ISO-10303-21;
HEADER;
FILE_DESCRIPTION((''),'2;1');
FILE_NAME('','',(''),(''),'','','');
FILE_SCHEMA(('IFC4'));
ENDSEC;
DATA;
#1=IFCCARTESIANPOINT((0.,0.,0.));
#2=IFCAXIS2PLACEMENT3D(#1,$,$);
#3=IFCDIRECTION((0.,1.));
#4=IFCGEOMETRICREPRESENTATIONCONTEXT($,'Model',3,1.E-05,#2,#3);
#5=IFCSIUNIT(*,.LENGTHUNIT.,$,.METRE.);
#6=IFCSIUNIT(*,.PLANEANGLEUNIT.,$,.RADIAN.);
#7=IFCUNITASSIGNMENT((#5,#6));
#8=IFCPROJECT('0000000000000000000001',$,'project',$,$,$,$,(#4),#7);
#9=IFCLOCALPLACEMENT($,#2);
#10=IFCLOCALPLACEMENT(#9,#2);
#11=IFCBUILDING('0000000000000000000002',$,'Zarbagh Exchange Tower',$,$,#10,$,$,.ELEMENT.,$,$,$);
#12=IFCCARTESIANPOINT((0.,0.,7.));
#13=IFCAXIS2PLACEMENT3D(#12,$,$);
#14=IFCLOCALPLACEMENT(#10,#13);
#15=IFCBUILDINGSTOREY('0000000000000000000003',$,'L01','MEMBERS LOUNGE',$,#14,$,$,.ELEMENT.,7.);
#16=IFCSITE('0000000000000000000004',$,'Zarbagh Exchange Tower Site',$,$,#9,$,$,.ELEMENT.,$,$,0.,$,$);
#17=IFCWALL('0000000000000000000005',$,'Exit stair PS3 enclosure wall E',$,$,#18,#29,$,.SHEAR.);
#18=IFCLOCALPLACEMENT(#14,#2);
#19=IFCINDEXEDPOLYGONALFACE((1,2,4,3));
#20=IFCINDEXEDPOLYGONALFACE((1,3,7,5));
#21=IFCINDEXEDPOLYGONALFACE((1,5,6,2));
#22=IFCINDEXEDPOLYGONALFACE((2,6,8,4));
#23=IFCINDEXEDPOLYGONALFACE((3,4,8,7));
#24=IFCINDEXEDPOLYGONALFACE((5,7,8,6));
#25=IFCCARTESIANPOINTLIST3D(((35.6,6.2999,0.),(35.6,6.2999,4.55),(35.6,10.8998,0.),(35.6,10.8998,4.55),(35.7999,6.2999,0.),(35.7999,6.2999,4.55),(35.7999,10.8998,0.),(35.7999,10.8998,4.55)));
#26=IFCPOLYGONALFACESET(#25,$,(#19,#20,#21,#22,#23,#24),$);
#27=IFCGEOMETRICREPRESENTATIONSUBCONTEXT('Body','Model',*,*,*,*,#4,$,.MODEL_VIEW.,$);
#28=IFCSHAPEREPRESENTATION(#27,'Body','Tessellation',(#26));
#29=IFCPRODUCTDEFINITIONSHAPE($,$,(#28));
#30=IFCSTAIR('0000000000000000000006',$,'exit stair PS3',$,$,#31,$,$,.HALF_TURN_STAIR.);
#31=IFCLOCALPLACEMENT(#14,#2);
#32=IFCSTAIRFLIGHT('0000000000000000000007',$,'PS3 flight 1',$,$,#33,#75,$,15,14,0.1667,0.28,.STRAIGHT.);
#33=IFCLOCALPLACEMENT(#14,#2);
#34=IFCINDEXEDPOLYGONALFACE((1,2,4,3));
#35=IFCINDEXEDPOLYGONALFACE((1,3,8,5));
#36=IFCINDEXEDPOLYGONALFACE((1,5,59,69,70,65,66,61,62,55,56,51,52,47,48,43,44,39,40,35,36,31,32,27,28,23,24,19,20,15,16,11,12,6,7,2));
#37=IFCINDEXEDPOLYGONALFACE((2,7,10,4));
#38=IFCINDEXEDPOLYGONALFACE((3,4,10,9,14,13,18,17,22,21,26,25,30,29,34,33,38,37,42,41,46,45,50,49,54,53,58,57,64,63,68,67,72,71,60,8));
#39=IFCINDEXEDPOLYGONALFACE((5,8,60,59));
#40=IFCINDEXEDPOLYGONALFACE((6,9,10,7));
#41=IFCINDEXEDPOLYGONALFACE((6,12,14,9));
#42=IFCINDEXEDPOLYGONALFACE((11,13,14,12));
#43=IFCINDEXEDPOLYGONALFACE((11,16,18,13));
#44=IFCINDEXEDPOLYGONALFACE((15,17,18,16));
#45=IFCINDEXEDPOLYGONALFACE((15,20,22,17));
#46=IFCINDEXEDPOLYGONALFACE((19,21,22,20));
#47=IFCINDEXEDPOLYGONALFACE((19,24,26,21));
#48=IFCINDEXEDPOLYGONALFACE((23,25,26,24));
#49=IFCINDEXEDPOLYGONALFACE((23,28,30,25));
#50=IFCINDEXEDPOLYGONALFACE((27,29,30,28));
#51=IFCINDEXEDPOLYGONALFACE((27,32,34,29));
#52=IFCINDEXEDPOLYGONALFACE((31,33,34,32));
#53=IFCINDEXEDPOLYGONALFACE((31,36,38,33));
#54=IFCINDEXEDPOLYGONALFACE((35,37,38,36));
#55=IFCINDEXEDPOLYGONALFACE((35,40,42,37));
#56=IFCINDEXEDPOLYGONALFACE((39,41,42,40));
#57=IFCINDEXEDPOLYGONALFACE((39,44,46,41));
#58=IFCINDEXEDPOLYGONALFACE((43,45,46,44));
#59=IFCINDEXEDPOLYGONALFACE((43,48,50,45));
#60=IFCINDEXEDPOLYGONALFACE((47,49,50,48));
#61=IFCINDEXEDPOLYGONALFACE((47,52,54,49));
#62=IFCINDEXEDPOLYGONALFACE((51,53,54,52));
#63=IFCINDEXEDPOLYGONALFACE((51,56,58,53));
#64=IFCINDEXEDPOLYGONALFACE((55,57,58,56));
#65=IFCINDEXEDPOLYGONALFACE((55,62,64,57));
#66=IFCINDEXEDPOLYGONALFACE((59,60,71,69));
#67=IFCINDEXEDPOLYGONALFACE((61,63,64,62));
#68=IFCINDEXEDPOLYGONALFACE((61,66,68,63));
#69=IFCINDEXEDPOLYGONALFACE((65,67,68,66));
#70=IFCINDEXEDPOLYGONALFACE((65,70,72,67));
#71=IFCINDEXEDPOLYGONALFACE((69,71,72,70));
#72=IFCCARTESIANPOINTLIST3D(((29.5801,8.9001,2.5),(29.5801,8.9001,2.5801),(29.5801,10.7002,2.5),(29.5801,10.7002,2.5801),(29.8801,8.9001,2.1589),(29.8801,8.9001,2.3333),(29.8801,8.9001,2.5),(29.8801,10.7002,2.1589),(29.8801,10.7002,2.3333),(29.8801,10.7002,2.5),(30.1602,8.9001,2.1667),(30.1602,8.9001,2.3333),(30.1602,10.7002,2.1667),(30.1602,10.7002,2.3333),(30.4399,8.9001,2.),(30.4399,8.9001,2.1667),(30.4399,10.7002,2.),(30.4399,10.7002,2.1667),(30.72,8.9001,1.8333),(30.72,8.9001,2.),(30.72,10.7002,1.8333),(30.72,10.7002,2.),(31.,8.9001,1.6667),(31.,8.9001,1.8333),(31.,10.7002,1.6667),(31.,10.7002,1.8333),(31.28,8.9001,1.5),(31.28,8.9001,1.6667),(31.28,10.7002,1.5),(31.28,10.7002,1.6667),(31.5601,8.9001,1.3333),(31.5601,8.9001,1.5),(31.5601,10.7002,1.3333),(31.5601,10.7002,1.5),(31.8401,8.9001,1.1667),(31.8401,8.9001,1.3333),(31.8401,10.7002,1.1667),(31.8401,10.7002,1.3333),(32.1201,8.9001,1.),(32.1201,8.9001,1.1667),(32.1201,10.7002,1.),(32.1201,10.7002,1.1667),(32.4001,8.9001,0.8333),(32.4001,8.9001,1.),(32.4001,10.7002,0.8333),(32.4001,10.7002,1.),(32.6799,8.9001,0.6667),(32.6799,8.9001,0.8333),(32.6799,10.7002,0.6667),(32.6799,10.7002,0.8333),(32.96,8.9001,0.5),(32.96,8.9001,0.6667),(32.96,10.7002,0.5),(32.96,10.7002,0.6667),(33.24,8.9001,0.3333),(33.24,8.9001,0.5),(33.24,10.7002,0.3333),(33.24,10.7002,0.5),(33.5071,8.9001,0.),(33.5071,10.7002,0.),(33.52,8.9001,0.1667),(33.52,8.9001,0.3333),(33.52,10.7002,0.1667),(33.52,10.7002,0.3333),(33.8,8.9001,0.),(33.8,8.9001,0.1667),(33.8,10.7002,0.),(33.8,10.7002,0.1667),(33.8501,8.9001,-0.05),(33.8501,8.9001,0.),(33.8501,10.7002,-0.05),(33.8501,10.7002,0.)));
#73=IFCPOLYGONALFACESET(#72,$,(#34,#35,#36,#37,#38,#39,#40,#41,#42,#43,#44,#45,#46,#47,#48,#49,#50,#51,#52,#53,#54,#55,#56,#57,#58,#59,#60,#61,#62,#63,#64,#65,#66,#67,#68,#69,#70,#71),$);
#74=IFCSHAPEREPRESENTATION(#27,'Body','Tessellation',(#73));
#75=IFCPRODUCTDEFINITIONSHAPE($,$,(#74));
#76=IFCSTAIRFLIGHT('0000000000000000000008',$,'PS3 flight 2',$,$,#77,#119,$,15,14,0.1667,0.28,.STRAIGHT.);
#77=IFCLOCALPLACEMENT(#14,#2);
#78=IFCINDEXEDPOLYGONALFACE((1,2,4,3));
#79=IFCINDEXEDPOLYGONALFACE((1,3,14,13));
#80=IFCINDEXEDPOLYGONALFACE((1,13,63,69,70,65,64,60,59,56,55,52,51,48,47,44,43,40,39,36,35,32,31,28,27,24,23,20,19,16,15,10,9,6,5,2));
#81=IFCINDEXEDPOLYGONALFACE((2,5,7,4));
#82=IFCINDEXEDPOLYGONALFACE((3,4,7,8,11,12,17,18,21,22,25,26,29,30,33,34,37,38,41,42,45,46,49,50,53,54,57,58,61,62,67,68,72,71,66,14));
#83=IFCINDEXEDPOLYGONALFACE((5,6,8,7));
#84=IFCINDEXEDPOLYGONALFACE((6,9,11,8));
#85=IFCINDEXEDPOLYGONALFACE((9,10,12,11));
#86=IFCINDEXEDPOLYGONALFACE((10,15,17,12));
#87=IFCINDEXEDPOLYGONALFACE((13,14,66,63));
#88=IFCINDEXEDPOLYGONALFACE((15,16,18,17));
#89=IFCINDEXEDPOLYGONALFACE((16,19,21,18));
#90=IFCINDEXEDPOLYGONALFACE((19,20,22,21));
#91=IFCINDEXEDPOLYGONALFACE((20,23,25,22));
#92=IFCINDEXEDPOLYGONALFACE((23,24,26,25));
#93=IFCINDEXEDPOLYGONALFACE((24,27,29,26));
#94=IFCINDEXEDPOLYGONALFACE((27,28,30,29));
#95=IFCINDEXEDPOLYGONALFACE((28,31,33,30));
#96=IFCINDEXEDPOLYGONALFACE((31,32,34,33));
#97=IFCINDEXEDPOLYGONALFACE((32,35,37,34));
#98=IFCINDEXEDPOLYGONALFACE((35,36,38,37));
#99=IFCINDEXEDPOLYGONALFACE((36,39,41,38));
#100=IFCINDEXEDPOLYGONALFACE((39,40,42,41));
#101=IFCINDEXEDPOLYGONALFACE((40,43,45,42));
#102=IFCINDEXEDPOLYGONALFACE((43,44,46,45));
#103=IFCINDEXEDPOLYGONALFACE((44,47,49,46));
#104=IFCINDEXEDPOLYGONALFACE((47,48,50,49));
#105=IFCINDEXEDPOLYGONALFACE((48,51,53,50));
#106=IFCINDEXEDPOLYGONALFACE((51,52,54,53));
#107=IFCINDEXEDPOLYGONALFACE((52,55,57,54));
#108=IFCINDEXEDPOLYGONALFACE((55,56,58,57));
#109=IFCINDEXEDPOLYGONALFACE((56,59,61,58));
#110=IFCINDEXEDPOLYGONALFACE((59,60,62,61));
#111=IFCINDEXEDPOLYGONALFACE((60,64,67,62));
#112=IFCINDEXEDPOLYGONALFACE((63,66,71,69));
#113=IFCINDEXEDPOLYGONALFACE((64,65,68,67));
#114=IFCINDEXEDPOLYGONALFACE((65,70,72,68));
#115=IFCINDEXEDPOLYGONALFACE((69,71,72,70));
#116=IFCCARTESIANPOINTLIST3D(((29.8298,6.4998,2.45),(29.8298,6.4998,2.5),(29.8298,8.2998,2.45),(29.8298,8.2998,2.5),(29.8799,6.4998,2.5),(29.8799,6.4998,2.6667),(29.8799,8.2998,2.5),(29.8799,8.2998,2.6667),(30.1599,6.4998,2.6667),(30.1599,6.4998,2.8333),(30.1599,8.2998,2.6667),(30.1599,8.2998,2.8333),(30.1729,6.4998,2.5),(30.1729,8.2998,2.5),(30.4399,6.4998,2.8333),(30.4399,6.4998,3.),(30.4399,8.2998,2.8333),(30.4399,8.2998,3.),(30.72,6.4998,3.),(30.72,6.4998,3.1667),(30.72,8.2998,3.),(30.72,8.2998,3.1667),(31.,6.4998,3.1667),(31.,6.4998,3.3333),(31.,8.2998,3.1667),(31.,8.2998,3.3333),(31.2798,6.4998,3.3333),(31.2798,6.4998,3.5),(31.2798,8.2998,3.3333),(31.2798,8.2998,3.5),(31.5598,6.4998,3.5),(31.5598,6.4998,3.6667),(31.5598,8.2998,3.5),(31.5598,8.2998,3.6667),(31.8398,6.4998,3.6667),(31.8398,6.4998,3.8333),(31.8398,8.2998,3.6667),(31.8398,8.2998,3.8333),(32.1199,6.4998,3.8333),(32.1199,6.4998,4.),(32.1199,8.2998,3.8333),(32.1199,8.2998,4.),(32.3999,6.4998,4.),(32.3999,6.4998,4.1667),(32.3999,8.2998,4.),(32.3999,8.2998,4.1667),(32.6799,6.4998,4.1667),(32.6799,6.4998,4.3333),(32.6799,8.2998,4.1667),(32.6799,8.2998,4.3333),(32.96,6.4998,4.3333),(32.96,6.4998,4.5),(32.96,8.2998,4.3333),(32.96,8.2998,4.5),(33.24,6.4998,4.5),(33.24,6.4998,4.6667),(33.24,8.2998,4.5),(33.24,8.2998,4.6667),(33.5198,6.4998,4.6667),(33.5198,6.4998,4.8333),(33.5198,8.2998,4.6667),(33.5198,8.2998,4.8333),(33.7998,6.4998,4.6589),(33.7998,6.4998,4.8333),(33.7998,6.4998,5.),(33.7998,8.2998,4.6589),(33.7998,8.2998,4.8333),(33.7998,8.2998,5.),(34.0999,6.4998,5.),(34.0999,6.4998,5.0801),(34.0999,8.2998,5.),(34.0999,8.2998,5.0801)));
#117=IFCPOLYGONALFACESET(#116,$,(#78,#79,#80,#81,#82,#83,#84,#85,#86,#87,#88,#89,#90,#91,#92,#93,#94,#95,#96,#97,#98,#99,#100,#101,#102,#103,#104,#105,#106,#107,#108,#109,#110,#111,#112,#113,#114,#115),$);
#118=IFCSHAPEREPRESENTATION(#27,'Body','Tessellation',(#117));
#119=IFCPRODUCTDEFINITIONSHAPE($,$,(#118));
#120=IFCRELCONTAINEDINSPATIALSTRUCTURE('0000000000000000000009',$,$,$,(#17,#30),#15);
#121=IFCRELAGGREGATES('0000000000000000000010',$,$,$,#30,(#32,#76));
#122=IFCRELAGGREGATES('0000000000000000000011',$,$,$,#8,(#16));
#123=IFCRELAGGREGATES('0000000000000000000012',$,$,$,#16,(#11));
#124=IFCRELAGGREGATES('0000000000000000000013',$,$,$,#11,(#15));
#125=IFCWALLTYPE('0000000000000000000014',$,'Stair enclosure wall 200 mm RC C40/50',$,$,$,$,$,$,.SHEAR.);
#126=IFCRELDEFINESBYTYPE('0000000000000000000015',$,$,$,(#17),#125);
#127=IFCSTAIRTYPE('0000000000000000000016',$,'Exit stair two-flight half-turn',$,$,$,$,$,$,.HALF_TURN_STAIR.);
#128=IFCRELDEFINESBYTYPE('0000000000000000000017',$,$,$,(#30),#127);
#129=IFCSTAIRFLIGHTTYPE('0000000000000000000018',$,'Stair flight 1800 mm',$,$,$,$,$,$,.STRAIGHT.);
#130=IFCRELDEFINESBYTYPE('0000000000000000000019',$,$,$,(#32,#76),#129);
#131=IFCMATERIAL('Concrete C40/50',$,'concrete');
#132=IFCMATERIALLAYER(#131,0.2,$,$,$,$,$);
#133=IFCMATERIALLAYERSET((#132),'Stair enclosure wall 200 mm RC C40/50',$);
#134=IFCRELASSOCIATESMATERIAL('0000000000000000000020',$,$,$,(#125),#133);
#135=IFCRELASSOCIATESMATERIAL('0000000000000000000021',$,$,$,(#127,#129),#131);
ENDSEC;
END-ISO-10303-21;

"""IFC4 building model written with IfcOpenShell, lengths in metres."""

from ifc_helpers import new_model, si_unit, direction, frame, frame_2d, origin, place, context, subcontext, project, spatial, polyline, rectangle, outline, extrude, material, layer, layer_set, type_object, element, aggregate, save


model = new_model("IFC4")

# Units and contexts
model_context = context("Model", 3, precision=1e-05, world=origin(), true_north=direction((0.0, 1.0)))
body_context = subcontext(model_context, "Body", "Model", "MODEL_VIEW")
ifc_project = project(units=[si_unit("LENGTHUNIT", "METRE"), si_unit("PLANEANGLEUNIT", "RADIAN")], contexts=[model_context])

# Site, building, storey
site_placement = place(None, origin())
site = spatial("IfcSite", under=ifc_project, at=site_placement, Name="Zarbagh Exchange Tower Site", CompositionType="ELEMENT", RefElevation=0.0)
building_placement = place(site_placement, origin())
building = spatial("IfcBuilding", under=site, at=building_placement, Name="Zarbagh Exchange Tower", CompositionType="ELEMENT")
storey_placement = place(building_placement, frame((0.0, 0.0, 7.0)))
storey = spatial("IfcBuildingStorey", under=building, at=storey_placement, Name="L01", Description="MEMBERS LOUNGE", CompositionType="ELEMENT", Elevation=7.0)

# Wall
ifc_material_1 = material(Name="Concrete C40/50", Category="concrete")
ifc_layer_1 = layer(ifc_material_1, 0.2)
ifc_layer_set_1 = layer_set([ifc_layer_1], Name="Stair enclosure wall 200 mm RC C40/50")
wall_type_1 = type_object("IfcWallType", Name="Stair enclosure wall 200 mm RC C40/50", PredefinedType="SHEAR", material=ifc_layer_set_1)
wall_1_placement = place(storey_placement, frame((35.7, 6.3, 0.0), z_axis=(0.0, 0.0, 1.0), x_axis=(0.0, 1.0, 0.0)))
element("IfcWall", 1, at=wall_1_placement, inside=storey, type_object=wall_type_1, Name="Exit stair PS3 enclosure wall E", PredefinedType="SHEAR", context=body_context, shape_type="SweptSolid", body=[
    extrude(rectangle(XDim=4.5999, YDim=0.2, at=frame_2d((2.2998, 0.0))), origin(), (0.0, 0.0, 1.0), 4.55),
])

# Stair, stair flights
stair_type = type_object("IfcStairType", Name="Exit stair two-flight half-turn", PredefinedType="HALF_TURN_STAIR", material=ifc_material_1)
stair_placement = place(storey_placement, origin())
stair = element("IfcStair", 2, at=stair_placement, inside=storey, type_object=stair_type, Name="exit stair PS3", PredefinedType="HALF_TURN_STAIR")
stair_flight_type = type_object("IfcStairFlightType", Name="Stair flight 1800 mm", PredefinedType="STRAIGHT", material=ifc_material_1)
stair_flight_1_placement = place(storey_placement, frame((33.8, 9.8, 0.0), z_axis=(0.0, 0.0, 1.0), x_axis=(-1.0, 0.0, 0.0)))
stair_flight_1 = element("IfcStairFlight", 3, at=stair_flight_1_placement, type_object=stair_flight_type, Name="PS3 flight 1", NumberOfRisers=15, NumberOfTreads=14, PredefinedType="STRAIGHT", RiserHeight=0.1667, TreadLength=0.28, context=body_context, shape_type="SweptSolid", body=[
    extrude(outline(polyline([(-0.05, -0.05), (-0.05, 0.0), (0.0, 0.0), (0.0, 0.1667), (0.28, 0.1667), (0.28, 0.3333), (0.5601, 0.3333), (0.5601, 0.5), (0.8401, 0.5), (0.8401, 0.6667), (1.1201, 0.6667), (1.1201, 0.8333), (1.3999, 0.8333), (1.3999, 1.0), (1.6799, 1.0), (1.6799, 1.1667), (1.96, 1.1667), (1.96, 1.3333), (2.24, 1.3333), (2.24, 1.5), (2.52, 1.5), (2.52, 1.6667), (2.8, 1.6667), (2.8, 1.8333), (3.0801, 1.8333), (3.0801, 2.0), (3.3601, 2.0), (3.3601, 2.1667), (3.6399, 2.1667), (3.6399, 2.3333), (3.9199, 2.3333), (3.9199, 2.5), (4.22, 2.5801), (4.22, 2.5), (3.9199, 2.1589), (0.293, 0.0), (-0.05, -0.05)])), frame((0.0, 0.8999, 0.0), z_axis=(0.0, -1.0, 0.0), x_axis=(1.0, 0.0, 0.0)), (0.0, 0.0, 1.0), 1.8),
])
stair_flight_2_placement = place(storey_placement, frame((29.8799, 7.3999, 2.5), z_axis=(0.0, 0.0, 1.0), x_axis=(1.0, 0.0, 0.0)))
stair_flight_2 = element("IfcStairFlight", 4, at=stair_flight_2_placement, type_object=stair_flight_type, Name="PS3 flight 2", NumberOfRisers=15, NumberOfTreads=14, PredefinedType="STRAIGHT", RiserHeight=0.1667, TreadLength=0.28, context=body_context, shape_type="SweptSolid", body=[
    extrude(outline(polyline([(-0.05, -0.05), (-0.05, 0.0), (0.0, 0.0), (0.0, 0.1667), (0.28, 0.1667), (0.28, 0.3333), (0.5601, 0.3333), (0.5601, 0.5), (0.8401, 0.5), (0.8401, 0.6667), (1.1201, 0.6667), (1.1201, 0.8333), (1.3999, 0.8333), (1.3999, 1.0), (1.6799, 1.0), (1.6799, 1.1667), (1.96, 1.1667), (1.96, 1.3333), (2.24, 1.3333), (2.24, 1.5), (2.52, 1.5), (2.52, 1.6667), (2.8, 1.6667), (2.8, 1.8333), (3.0801, 1.8333), (3.0801, 2.0), (3.3601, 2.0), (3.3601, 2.1667), (3.6399, 2.1667), (3.6399, 2.3333), (3.9199, 2.3333), (3.9199, 2.5), (4.22, 2.5801), (4.22, 2.5), (3.9199, 2.1589), (0.293, 0.0), (-0.05, -0.05)])), frame((0.0, 0.8999, 0.0), z_axis=(0.0, -1.0, 0.0), x_axis=(1.0, 0.0, 0.0)), (0.0, 0.0, 1.0), 1.8),
])
aggregate(stair, [stair_flight_1, stair_flight_2])

save(model, "model.ifc")
